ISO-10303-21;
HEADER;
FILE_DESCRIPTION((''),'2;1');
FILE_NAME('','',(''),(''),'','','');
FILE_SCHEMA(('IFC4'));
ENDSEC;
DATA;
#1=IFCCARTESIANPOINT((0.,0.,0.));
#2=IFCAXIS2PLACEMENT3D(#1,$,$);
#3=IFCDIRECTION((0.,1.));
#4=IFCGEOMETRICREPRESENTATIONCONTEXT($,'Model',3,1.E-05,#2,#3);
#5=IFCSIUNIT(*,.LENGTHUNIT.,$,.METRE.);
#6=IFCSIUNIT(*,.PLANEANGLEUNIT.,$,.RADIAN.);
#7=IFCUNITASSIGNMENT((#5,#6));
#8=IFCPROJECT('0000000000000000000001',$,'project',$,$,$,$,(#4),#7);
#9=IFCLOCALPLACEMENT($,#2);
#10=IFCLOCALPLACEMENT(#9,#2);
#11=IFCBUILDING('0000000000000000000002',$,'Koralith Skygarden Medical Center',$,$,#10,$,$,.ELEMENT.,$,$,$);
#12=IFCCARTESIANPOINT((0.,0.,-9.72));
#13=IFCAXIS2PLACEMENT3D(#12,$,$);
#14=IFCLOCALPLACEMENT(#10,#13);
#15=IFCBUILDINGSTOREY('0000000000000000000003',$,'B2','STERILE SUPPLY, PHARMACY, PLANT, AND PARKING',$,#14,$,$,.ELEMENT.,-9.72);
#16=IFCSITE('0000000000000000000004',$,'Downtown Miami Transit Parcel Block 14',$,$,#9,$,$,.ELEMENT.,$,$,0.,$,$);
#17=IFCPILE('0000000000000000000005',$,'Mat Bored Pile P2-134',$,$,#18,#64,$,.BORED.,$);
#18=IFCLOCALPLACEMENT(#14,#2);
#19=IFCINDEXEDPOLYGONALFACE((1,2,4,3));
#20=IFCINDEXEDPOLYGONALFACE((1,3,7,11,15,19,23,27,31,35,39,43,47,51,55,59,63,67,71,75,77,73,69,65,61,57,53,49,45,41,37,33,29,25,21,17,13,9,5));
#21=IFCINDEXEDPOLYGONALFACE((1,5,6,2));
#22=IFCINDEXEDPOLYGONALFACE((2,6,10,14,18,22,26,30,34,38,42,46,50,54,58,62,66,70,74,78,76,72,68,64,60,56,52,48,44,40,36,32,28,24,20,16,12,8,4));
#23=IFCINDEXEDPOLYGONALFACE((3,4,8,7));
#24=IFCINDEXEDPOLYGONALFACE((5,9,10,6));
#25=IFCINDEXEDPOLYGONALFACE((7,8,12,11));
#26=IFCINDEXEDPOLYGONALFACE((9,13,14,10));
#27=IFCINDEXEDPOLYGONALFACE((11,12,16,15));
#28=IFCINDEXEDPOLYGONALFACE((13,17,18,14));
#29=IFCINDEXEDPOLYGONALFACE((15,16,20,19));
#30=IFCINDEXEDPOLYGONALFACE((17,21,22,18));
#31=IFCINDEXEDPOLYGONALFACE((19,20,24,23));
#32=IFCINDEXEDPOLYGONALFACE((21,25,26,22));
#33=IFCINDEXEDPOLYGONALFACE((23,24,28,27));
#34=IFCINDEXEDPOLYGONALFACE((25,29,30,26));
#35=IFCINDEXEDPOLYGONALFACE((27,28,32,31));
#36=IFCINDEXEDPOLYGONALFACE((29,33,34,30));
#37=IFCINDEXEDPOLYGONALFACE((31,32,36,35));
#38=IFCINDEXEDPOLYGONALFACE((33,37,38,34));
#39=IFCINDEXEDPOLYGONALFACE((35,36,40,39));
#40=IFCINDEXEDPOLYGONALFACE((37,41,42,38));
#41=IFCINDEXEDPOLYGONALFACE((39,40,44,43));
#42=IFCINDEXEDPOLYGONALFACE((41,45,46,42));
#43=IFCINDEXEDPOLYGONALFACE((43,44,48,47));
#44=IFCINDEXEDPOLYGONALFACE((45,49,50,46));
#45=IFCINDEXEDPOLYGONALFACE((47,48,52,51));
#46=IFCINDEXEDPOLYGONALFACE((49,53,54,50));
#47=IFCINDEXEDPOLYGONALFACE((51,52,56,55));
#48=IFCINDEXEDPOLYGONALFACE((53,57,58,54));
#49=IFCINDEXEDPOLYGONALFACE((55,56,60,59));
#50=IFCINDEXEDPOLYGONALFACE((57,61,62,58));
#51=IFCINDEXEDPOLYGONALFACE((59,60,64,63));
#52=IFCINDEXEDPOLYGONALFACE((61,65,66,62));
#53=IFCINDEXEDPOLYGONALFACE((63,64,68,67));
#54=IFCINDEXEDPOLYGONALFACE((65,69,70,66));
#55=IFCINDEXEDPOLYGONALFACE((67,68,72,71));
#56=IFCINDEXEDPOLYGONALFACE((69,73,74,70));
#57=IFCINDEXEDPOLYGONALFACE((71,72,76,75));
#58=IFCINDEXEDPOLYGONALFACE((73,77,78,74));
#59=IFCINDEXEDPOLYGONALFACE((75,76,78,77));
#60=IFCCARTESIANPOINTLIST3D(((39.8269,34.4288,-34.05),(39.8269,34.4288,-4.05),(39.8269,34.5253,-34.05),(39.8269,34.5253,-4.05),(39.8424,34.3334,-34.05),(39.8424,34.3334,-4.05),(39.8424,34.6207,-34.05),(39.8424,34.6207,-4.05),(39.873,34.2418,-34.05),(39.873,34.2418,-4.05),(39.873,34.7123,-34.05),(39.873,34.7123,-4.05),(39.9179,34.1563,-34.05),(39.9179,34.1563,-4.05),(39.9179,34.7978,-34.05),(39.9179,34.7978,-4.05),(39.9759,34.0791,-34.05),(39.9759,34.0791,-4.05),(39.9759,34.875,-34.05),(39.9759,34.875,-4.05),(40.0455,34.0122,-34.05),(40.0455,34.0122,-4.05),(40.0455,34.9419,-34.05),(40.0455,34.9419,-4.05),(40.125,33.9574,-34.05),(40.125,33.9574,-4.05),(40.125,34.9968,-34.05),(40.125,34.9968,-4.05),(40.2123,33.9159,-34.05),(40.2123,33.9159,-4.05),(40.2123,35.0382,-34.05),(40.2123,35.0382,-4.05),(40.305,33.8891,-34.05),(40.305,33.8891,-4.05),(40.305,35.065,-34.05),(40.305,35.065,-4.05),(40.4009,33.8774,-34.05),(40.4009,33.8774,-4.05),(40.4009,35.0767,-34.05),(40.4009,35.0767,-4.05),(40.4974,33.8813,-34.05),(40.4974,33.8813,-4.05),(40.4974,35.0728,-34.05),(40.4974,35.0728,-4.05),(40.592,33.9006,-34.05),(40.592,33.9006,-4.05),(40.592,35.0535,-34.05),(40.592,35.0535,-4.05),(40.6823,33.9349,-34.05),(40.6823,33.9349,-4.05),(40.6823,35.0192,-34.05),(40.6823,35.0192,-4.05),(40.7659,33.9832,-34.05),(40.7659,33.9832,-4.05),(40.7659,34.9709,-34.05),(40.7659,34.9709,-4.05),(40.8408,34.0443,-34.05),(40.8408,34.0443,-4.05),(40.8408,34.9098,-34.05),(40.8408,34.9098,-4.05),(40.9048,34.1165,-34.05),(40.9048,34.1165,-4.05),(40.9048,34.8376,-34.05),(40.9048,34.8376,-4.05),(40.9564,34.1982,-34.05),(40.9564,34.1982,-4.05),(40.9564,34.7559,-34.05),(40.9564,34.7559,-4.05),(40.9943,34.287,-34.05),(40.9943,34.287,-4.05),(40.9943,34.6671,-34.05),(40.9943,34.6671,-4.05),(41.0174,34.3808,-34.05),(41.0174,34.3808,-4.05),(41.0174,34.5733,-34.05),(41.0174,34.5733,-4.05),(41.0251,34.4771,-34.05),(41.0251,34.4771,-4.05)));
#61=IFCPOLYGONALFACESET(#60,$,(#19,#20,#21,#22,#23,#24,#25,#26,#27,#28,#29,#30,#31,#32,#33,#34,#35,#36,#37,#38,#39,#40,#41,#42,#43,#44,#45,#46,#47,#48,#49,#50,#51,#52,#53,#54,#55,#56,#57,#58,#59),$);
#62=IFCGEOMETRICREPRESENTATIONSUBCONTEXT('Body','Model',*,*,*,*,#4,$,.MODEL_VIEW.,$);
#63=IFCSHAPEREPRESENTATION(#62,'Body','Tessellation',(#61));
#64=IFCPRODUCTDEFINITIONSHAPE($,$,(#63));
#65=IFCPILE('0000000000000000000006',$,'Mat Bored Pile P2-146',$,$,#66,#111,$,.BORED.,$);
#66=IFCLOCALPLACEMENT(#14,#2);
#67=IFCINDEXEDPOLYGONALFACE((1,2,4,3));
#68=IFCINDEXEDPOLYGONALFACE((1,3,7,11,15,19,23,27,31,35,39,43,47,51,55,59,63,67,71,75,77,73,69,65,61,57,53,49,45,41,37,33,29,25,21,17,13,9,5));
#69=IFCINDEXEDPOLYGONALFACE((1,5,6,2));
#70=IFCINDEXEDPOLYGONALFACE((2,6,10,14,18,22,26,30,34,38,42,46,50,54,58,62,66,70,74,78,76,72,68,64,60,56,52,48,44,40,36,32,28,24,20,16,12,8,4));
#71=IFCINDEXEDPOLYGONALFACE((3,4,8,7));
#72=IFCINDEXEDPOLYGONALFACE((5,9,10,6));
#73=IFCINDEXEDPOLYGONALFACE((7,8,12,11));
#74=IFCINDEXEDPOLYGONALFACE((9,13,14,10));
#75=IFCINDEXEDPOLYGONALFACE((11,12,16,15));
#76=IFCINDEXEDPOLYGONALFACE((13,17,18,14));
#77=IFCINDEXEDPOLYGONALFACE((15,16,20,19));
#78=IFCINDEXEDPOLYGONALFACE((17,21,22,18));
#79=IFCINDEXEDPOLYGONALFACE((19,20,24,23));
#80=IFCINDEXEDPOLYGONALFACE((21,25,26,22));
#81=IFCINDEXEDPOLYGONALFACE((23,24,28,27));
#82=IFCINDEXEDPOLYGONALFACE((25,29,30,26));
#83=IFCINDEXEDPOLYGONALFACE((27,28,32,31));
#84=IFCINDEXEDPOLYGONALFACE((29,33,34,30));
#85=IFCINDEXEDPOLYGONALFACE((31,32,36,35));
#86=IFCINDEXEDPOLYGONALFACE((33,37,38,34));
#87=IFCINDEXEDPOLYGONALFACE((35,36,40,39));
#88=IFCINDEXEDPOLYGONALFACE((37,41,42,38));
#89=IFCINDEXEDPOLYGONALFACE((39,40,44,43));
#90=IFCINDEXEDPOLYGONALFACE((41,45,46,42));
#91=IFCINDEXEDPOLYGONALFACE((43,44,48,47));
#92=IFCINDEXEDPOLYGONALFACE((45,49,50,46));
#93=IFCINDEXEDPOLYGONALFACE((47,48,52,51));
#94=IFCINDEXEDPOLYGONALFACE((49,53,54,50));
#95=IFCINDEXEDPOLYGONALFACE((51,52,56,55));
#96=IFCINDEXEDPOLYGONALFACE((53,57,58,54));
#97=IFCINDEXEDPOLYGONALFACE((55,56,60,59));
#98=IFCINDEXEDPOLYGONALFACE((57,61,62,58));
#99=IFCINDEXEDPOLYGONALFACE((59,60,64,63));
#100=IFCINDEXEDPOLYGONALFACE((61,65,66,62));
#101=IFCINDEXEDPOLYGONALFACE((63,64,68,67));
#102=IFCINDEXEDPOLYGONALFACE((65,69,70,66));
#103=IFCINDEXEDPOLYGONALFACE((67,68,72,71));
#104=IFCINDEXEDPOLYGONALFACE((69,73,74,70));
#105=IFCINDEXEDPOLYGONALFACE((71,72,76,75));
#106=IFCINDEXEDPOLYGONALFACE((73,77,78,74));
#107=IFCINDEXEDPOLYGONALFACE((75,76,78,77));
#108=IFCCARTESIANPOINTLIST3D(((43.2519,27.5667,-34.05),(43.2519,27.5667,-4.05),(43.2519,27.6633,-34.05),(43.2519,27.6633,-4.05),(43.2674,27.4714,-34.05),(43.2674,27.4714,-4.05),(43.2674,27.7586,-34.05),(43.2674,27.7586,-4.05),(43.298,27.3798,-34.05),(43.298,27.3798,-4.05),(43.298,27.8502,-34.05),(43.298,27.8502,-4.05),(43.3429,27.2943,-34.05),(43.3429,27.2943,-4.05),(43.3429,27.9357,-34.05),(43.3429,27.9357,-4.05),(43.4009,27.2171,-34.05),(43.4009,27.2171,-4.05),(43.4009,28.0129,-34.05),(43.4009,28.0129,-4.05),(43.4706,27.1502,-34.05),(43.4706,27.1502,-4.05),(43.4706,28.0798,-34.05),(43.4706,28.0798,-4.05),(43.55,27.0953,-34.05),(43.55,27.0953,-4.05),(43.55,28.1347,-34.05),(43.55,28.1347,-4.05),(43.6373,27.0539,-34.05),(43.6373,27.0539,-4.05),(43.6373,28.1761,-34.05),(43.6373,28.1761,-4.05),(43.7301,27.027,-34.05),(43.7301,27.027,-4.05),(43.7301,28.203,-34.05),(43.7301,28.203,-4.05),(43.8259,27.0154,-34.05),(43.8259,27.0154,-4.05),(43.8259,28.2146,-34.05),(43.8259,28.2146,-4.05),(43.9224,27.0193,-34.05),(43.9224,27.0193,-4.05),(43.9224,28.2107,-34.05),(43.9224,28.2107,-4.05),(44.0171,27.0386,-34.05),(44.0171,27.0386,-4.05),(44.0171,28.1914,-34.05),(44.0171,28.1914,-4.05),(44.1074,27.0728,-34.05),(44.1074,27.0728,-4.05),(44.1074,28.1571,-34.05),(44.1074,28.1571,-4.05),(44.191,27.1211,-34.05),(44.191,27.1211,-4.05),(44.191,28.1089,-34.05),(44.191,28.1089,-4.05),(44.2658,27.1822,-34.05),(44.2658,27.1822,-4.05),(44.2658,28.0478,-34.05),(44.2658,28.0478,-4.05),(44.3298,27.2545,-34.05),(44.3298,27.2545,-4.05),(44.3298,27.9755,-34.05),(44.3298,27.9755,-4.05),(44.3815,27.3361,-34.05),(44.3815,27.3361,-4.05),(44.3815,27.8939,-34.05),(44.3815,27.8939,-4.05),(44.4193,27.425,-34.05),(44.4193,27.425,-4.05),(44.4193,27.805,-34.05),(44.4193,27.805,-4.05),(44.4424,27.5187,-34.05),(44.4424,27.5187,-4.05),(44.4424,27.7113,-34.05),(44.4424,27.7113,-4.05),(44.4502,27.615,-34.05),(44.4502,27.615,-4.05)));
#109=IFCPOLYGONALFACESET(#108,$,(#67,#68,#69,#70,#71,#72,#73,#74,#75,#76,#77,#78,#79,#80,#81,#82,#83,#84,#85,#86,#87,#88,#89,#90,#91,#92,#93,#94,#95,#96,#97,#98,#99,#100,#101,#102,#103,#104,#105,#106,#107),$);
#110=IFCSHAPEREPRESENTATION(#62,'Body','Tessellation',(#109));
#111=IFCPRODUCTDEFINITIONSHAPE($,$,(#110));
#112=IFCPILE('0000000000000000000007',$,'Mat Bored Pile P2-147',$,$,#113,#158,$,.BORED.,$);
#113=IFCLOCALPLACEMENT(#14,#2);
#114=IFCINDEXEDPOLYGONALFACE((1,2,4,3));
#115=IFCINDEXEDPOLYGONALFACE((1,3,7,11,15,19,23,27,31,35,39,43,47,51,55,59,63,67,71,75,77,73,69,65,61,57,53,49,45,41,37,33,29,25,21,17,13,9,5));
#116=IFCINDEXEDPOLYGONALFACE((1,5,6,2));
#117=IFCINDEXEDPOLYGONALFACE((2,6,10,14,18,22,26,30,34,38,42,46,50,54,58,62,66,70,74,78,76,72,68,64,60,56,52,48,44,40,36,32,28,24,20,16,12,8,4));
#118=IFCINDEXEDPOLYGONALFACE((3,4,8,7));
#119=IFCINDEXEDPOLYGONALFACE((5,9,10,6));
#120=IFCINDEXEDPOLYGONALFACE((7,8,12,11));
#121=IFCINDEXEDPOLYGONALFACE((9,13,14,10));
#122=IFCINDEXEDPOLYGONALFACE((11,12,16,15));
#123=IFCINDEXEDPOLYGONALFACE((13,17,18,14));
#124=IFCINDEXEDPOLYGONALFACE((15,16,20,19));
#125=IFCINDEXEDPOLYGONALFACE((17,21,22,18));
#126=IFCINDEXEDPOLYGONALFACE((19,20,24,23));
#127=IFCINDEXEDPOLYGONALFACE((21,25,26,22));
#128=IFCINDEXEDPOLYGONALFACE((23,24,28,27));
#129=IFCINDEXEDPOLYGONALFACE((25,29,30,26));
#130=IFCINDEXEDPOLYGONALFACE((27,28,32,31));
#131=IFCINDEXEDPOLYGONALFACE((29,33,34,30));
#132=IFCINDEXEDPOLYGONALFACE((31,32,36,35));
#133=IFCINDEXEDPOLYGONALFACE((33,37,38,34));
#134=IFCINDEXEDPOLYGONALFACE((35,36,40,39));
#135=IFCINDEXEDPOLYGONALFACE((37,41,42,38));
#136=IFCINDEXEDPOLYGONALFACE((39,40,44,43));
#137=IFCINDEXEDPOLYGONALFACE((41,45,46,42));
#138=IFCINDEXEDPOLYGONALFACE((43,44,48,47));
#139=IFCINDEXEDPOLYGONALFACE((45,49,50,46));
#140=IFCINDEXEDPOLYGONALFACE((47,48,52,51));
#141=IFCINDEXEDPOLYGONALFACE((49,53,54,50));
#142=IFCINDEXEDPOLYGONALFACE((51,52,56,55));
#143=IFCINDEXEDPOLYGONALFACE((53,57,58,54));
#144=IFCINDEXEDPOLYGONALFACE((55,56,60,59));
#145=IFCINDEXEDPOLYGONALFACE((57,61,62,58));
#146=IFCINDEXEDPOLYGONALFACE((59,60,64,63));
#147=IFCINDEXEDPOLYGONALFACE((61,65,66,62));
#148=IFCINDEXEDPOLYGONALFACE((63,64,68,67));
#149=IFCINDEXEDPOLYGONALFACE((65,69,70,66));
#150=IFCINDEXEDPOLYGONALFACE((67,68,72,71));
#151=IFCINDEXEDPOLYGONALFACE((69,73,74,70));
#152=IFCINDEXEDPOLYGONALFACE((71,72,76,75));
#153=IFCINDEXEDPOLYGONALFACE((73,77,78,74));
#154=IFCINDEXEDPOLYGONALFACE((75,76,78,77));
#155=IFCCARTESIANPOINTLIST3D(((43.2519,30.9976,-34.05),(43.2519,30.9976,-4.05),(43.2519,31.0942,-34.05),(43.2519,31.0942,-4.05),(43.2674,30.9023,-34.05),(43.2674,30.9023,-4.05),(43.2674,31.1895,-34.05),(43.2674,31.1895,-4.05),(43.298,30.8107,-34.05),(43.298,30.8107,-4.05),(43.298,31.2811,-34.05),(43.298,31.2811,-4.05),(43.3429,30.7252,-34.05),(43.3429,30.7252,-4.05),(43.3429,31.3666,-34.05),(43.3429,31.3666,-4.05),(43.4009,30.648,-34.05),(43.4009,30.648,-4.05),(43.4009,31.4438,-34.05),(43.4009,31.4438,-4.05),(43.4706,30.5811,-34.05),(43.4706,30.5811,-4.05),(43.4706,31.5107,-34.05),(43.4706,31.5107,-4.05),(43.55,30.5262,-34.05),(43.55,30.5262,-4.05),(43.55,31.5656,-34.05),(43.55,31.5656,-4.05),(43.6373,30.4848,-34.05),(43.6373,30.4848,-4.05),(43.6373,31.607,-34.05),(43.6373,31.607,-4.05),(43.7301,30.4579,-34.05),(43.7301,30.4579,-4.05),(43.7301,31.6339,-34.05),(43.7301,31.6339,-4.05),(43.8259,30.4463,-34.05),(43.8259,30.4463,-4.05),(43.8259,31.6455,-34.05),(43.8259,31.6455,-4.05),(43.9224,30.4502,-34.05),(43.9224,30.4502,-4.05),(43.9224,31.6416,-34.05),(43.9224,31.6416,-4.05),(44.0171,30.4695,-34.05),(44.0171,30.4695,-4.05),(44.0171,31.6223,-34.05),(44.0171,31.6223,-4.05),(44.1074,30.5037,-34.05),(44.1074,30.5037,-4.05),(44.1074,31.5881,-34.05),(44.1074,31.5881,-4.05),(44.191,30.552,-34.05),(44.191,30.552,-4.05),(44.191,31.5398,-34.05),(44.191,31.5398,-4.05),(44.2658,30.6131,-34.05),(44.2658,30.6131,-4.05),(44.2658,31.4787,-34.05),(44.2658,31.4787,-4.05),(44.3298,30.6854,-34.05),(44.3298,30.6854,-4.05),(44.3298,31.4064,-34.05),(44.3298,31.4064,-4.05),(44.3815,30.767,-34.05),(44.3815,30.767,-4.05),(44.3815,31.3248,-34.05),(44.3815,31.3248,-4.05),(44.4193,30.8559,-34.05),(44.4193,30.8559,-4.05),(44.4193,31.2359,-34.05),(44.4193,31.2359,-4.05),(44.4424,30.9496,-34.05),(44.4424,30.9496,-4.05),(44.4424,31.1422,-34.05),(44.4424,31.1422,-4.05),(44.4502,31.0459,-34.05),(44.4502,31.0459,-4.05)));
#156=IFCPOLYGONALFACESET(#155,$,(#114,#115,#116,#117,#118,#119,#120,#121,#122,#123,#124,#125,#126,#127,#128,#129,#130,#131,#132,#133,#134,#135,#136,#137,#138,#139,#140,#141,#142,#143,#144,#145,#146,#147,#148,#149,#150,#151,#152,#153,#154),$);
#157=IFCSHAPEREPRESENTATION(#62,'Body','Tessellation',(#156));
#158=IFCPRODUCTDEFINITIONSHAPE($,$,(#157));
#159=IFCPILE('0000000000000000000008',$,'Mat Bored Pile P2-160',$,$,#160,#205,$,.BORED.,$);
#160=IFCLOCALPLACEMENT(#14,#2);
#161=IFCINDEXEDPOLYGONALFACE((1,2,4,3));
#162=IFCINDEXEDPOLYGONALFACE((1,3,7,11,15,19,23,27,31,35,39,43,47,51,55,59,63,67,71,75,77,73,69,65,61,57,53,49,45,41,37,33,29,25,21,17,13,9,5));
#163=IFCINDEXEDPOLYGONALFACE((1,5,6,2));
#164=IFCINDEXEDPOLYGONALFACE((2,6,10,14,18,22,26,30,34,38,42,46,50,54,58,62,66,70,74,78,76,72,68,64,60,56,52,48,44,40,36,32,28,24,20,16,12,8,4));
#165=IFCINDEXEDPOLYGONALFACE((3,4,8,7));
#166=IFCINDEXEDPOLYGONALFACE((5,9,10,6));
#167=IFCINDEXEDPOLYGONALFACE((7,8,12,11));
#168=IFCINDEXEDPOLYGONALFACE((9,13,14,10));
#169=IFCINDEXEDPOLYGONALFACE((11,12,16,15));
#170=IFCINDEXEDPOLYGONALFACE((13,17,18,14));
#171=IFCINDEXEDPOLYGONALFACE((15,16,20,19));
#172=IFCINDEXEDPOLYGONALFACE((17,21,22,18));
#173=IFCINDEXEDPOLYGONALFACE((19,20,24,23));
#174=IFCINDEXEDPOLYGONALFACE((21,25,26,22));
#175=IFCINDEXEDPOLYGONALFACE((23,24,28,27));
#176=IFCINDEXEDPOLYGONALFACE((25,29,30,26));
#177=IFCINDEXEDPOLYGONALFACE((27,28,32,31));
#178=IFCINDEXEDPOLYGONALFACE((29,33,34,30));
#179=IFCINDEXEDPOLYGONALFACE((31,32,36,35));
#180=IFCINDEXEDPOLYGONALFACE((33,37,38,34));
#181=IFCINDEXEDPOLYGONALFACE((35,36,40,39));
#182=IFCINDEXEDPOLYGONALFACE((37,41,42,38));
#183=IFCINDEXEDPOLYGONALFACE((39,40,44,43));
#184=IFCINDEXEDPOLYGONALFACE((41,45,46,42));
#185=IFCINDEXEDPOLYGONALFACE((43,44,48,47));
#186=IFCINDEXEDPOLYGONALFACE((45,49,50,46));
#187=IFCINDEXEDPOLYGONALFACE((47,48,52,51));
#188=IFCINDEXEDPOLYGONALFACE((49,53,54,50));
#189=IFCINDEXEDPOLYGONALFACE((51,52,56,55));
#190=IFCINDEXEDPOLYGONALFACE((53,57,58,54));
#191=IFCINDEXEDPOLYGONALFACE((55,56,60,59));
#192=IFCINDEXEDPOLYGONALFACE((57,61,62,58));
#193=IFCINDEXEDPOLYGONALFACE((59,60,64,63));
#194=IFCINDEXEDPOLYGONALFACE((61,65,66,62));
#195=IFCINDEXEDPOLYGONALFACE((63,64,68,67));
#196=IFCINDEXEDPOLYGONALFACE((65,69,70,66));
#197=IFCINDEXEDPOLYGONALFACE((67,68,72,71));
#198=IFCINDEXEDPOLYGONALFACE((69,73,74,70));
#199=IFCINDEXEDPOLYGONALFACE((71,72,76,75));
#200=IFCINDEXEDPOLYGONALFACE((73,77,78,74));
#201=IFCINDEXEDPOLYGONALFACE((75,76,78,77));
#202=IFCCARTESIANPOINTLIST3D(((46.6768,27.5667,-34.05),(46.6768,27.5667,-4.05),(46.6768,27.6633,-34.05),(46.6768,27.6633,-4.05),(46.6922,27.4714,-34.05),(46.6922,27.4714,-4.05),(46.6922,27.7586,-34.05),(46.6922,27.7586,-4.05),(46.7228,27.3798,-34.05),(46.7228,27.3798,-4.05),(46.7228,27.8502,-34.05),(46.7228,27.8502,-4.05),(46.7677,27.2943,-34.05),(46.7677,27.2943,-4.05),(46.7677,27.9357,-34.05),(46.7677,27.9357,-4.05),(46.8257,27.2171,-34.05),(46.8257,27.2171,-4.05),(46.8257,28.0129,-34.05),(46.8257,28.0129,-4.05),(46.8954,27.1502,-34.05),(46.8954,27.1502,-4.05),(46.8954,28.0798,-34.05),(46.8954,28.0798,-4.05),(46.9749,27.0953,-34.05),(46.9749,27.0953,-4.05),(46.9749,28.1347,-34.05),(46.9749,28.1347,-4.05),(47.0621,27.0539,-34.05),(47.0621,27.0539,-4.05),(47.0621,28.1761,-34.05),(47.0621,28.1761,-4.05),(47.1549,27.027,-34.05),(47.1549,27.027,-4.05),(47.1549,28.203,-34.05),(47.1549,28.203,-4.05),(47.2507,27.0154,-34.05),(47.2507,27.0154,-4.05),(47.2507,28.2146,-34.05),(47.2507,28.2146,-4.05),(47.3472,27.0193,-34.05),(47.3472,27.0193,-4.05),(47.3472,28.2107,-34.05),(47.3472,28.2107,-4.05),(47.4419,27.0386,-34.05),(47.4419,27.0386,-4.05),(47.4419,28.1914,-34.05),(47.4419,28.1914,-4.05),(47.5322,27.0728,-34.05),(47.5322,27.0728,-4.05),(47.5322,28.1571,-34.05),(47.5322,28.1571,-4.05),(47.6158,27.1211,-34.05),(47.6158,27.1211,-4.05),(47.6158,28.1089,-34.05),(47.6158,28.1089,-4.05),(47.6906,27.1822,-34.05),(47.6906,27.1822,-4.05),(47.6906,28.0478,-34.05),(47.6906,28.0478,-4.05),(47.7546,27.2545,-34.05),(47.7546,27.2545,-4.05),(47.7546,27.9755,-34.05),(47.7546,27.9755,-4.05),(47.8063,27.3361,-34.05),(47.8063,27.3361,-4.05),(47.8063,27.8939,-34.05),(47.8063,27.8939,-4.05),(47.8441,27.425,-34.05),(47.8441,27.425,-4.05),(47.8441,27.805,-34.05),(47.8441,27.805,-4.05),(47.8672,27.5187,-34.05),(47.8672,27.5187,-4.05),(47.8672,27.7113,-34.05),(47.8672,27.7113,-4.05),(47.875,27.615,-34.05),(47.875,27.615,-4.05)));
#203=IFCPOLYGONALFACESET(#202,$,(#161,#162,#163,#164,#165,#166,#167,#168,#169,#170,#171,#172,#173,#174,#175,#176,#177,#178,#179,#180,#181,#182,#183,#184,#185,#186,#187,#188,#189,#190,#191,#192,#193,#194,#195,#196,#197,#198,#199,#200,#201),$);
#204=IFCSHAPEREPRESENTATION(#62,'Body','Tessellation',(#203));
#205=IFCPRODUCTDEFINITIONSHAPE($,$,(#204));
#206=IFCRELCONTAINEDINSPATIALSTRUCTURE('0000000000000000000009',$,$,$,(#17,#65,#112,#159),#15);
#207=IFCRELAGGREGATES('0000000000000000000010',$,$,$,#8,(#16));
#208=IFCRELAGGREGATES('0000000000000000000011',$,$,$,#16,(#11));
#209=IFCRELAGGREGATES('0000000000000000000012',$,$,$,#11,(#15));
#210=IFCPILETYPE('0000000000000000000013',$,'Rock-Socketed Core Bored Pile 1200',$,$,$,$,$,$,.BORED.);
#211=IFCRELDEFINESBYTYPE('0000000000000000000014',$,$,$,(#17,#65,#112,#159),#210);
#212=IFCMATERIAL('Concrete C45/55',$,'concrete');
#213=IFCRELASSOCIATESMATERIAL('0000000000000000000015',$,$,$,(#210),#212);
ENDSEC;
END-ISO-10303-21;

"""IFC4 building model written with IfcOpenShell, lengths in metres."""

from ifc_helpers import new_model, si_unit, direction, frame, origin, origin_2d, place, context, subcontext, project, spatial, circle, extrude, material, material_profile, profile_set, type_object, element, save


model = new_model("IFC4")

# Units and contexts
model_context = context("Model", 3, precision=1e-05, world=origin(), true_north=direction((0.0, 1.0)))
body_context = subcontext(model_context, "Body", "Model", "MODEL_VIEW")
ifc_project = project(units=[si_unit("LENGTHUNIT", "METRE"), si_unit("PLANEANGLEUNIT", "RADIAN")], contexts=[model_context])

# Site, building, storey
site_placement = place(None, origin())
site = spatial("IfcSite", under=ifc_project, at=site_placement, Name="Downtown Miami Transit Parcel Block 14", CompositionType="ELEMENT", RefElevation=0.0)
building_placement = place(site_placement, origin())
building = spatial("IfcBuilding", under=site, at=building_placement, Name="Koralith Skygarden Medical Center", CompositionType="ELEMENT")
storey_placement = place(building_placement, frame((0.0, 0.0, -9.72)))
storey = spatial("IfcBuildingStorey", under=building, at=storey_placement, Name="B2", Description="STERILE SUPPLY, PHARMACY, PLANT, AND PARKING", CompositionType="ELEMENT", Elevation=-9.72)

# Piles
ifc_material_1 = material(Name="Concrete C45/55", Category="concrete")
ifc_material_profile_1 = material_profile(ifc_material_1, circle(Radius=0.6001, at=origin_2d()), Name="PILE1200")
ifc_profile_set_1 = profile_set([ifc_material_profile_1], Name="Concrete C45/55")
pile_type_1 = type_object("IfcPileType", Name="Rock-Socketed Core Bored Pile 1200", PredefinedType="BORED", material=ifc_profile_set_1)
for number, where, z_axis, x_axis, name in (
    (1, (40.425, 34.4771, -4.05), (0.0, 0.0, -1.0), (1.0, 0.0, 0.0), "Mat Bored Pile P2-134"),
    (2, (43.8501, 27.615, -4.05), (0.0, 0.0, -1.0), (1.0, 0.0, 0.0), "Mat Bored Pile P2-146"),
    (3, (43.8501, 31.0459, -4.05), (0.0, 0.0, -1.0), (1.0, 0.0, 0.0), "Mat Bored Pile P2-147"),
    (4, (47.2749, 27.615, -4.05), (0.0, 0.0, -1.0), (1.0, 0.0, 0.0), "Mat Bored Pile P2-160"),
):
    element("IfcPile", number, at=place(storey_placement, frame(where, z_axis=z_axis, x_axis=x_axis)), inside=storey, type_object=pile_type_1, Name=name, PredefinedType="BORED", context=body_context, shape_type="SweptSolid", body=[
        extrude(circle(Radius=0.6001, at=origin_2d()), origin(), (0.0, 0.0, 1.0), 30.0),
    ])

save(model, "model.ifc")
